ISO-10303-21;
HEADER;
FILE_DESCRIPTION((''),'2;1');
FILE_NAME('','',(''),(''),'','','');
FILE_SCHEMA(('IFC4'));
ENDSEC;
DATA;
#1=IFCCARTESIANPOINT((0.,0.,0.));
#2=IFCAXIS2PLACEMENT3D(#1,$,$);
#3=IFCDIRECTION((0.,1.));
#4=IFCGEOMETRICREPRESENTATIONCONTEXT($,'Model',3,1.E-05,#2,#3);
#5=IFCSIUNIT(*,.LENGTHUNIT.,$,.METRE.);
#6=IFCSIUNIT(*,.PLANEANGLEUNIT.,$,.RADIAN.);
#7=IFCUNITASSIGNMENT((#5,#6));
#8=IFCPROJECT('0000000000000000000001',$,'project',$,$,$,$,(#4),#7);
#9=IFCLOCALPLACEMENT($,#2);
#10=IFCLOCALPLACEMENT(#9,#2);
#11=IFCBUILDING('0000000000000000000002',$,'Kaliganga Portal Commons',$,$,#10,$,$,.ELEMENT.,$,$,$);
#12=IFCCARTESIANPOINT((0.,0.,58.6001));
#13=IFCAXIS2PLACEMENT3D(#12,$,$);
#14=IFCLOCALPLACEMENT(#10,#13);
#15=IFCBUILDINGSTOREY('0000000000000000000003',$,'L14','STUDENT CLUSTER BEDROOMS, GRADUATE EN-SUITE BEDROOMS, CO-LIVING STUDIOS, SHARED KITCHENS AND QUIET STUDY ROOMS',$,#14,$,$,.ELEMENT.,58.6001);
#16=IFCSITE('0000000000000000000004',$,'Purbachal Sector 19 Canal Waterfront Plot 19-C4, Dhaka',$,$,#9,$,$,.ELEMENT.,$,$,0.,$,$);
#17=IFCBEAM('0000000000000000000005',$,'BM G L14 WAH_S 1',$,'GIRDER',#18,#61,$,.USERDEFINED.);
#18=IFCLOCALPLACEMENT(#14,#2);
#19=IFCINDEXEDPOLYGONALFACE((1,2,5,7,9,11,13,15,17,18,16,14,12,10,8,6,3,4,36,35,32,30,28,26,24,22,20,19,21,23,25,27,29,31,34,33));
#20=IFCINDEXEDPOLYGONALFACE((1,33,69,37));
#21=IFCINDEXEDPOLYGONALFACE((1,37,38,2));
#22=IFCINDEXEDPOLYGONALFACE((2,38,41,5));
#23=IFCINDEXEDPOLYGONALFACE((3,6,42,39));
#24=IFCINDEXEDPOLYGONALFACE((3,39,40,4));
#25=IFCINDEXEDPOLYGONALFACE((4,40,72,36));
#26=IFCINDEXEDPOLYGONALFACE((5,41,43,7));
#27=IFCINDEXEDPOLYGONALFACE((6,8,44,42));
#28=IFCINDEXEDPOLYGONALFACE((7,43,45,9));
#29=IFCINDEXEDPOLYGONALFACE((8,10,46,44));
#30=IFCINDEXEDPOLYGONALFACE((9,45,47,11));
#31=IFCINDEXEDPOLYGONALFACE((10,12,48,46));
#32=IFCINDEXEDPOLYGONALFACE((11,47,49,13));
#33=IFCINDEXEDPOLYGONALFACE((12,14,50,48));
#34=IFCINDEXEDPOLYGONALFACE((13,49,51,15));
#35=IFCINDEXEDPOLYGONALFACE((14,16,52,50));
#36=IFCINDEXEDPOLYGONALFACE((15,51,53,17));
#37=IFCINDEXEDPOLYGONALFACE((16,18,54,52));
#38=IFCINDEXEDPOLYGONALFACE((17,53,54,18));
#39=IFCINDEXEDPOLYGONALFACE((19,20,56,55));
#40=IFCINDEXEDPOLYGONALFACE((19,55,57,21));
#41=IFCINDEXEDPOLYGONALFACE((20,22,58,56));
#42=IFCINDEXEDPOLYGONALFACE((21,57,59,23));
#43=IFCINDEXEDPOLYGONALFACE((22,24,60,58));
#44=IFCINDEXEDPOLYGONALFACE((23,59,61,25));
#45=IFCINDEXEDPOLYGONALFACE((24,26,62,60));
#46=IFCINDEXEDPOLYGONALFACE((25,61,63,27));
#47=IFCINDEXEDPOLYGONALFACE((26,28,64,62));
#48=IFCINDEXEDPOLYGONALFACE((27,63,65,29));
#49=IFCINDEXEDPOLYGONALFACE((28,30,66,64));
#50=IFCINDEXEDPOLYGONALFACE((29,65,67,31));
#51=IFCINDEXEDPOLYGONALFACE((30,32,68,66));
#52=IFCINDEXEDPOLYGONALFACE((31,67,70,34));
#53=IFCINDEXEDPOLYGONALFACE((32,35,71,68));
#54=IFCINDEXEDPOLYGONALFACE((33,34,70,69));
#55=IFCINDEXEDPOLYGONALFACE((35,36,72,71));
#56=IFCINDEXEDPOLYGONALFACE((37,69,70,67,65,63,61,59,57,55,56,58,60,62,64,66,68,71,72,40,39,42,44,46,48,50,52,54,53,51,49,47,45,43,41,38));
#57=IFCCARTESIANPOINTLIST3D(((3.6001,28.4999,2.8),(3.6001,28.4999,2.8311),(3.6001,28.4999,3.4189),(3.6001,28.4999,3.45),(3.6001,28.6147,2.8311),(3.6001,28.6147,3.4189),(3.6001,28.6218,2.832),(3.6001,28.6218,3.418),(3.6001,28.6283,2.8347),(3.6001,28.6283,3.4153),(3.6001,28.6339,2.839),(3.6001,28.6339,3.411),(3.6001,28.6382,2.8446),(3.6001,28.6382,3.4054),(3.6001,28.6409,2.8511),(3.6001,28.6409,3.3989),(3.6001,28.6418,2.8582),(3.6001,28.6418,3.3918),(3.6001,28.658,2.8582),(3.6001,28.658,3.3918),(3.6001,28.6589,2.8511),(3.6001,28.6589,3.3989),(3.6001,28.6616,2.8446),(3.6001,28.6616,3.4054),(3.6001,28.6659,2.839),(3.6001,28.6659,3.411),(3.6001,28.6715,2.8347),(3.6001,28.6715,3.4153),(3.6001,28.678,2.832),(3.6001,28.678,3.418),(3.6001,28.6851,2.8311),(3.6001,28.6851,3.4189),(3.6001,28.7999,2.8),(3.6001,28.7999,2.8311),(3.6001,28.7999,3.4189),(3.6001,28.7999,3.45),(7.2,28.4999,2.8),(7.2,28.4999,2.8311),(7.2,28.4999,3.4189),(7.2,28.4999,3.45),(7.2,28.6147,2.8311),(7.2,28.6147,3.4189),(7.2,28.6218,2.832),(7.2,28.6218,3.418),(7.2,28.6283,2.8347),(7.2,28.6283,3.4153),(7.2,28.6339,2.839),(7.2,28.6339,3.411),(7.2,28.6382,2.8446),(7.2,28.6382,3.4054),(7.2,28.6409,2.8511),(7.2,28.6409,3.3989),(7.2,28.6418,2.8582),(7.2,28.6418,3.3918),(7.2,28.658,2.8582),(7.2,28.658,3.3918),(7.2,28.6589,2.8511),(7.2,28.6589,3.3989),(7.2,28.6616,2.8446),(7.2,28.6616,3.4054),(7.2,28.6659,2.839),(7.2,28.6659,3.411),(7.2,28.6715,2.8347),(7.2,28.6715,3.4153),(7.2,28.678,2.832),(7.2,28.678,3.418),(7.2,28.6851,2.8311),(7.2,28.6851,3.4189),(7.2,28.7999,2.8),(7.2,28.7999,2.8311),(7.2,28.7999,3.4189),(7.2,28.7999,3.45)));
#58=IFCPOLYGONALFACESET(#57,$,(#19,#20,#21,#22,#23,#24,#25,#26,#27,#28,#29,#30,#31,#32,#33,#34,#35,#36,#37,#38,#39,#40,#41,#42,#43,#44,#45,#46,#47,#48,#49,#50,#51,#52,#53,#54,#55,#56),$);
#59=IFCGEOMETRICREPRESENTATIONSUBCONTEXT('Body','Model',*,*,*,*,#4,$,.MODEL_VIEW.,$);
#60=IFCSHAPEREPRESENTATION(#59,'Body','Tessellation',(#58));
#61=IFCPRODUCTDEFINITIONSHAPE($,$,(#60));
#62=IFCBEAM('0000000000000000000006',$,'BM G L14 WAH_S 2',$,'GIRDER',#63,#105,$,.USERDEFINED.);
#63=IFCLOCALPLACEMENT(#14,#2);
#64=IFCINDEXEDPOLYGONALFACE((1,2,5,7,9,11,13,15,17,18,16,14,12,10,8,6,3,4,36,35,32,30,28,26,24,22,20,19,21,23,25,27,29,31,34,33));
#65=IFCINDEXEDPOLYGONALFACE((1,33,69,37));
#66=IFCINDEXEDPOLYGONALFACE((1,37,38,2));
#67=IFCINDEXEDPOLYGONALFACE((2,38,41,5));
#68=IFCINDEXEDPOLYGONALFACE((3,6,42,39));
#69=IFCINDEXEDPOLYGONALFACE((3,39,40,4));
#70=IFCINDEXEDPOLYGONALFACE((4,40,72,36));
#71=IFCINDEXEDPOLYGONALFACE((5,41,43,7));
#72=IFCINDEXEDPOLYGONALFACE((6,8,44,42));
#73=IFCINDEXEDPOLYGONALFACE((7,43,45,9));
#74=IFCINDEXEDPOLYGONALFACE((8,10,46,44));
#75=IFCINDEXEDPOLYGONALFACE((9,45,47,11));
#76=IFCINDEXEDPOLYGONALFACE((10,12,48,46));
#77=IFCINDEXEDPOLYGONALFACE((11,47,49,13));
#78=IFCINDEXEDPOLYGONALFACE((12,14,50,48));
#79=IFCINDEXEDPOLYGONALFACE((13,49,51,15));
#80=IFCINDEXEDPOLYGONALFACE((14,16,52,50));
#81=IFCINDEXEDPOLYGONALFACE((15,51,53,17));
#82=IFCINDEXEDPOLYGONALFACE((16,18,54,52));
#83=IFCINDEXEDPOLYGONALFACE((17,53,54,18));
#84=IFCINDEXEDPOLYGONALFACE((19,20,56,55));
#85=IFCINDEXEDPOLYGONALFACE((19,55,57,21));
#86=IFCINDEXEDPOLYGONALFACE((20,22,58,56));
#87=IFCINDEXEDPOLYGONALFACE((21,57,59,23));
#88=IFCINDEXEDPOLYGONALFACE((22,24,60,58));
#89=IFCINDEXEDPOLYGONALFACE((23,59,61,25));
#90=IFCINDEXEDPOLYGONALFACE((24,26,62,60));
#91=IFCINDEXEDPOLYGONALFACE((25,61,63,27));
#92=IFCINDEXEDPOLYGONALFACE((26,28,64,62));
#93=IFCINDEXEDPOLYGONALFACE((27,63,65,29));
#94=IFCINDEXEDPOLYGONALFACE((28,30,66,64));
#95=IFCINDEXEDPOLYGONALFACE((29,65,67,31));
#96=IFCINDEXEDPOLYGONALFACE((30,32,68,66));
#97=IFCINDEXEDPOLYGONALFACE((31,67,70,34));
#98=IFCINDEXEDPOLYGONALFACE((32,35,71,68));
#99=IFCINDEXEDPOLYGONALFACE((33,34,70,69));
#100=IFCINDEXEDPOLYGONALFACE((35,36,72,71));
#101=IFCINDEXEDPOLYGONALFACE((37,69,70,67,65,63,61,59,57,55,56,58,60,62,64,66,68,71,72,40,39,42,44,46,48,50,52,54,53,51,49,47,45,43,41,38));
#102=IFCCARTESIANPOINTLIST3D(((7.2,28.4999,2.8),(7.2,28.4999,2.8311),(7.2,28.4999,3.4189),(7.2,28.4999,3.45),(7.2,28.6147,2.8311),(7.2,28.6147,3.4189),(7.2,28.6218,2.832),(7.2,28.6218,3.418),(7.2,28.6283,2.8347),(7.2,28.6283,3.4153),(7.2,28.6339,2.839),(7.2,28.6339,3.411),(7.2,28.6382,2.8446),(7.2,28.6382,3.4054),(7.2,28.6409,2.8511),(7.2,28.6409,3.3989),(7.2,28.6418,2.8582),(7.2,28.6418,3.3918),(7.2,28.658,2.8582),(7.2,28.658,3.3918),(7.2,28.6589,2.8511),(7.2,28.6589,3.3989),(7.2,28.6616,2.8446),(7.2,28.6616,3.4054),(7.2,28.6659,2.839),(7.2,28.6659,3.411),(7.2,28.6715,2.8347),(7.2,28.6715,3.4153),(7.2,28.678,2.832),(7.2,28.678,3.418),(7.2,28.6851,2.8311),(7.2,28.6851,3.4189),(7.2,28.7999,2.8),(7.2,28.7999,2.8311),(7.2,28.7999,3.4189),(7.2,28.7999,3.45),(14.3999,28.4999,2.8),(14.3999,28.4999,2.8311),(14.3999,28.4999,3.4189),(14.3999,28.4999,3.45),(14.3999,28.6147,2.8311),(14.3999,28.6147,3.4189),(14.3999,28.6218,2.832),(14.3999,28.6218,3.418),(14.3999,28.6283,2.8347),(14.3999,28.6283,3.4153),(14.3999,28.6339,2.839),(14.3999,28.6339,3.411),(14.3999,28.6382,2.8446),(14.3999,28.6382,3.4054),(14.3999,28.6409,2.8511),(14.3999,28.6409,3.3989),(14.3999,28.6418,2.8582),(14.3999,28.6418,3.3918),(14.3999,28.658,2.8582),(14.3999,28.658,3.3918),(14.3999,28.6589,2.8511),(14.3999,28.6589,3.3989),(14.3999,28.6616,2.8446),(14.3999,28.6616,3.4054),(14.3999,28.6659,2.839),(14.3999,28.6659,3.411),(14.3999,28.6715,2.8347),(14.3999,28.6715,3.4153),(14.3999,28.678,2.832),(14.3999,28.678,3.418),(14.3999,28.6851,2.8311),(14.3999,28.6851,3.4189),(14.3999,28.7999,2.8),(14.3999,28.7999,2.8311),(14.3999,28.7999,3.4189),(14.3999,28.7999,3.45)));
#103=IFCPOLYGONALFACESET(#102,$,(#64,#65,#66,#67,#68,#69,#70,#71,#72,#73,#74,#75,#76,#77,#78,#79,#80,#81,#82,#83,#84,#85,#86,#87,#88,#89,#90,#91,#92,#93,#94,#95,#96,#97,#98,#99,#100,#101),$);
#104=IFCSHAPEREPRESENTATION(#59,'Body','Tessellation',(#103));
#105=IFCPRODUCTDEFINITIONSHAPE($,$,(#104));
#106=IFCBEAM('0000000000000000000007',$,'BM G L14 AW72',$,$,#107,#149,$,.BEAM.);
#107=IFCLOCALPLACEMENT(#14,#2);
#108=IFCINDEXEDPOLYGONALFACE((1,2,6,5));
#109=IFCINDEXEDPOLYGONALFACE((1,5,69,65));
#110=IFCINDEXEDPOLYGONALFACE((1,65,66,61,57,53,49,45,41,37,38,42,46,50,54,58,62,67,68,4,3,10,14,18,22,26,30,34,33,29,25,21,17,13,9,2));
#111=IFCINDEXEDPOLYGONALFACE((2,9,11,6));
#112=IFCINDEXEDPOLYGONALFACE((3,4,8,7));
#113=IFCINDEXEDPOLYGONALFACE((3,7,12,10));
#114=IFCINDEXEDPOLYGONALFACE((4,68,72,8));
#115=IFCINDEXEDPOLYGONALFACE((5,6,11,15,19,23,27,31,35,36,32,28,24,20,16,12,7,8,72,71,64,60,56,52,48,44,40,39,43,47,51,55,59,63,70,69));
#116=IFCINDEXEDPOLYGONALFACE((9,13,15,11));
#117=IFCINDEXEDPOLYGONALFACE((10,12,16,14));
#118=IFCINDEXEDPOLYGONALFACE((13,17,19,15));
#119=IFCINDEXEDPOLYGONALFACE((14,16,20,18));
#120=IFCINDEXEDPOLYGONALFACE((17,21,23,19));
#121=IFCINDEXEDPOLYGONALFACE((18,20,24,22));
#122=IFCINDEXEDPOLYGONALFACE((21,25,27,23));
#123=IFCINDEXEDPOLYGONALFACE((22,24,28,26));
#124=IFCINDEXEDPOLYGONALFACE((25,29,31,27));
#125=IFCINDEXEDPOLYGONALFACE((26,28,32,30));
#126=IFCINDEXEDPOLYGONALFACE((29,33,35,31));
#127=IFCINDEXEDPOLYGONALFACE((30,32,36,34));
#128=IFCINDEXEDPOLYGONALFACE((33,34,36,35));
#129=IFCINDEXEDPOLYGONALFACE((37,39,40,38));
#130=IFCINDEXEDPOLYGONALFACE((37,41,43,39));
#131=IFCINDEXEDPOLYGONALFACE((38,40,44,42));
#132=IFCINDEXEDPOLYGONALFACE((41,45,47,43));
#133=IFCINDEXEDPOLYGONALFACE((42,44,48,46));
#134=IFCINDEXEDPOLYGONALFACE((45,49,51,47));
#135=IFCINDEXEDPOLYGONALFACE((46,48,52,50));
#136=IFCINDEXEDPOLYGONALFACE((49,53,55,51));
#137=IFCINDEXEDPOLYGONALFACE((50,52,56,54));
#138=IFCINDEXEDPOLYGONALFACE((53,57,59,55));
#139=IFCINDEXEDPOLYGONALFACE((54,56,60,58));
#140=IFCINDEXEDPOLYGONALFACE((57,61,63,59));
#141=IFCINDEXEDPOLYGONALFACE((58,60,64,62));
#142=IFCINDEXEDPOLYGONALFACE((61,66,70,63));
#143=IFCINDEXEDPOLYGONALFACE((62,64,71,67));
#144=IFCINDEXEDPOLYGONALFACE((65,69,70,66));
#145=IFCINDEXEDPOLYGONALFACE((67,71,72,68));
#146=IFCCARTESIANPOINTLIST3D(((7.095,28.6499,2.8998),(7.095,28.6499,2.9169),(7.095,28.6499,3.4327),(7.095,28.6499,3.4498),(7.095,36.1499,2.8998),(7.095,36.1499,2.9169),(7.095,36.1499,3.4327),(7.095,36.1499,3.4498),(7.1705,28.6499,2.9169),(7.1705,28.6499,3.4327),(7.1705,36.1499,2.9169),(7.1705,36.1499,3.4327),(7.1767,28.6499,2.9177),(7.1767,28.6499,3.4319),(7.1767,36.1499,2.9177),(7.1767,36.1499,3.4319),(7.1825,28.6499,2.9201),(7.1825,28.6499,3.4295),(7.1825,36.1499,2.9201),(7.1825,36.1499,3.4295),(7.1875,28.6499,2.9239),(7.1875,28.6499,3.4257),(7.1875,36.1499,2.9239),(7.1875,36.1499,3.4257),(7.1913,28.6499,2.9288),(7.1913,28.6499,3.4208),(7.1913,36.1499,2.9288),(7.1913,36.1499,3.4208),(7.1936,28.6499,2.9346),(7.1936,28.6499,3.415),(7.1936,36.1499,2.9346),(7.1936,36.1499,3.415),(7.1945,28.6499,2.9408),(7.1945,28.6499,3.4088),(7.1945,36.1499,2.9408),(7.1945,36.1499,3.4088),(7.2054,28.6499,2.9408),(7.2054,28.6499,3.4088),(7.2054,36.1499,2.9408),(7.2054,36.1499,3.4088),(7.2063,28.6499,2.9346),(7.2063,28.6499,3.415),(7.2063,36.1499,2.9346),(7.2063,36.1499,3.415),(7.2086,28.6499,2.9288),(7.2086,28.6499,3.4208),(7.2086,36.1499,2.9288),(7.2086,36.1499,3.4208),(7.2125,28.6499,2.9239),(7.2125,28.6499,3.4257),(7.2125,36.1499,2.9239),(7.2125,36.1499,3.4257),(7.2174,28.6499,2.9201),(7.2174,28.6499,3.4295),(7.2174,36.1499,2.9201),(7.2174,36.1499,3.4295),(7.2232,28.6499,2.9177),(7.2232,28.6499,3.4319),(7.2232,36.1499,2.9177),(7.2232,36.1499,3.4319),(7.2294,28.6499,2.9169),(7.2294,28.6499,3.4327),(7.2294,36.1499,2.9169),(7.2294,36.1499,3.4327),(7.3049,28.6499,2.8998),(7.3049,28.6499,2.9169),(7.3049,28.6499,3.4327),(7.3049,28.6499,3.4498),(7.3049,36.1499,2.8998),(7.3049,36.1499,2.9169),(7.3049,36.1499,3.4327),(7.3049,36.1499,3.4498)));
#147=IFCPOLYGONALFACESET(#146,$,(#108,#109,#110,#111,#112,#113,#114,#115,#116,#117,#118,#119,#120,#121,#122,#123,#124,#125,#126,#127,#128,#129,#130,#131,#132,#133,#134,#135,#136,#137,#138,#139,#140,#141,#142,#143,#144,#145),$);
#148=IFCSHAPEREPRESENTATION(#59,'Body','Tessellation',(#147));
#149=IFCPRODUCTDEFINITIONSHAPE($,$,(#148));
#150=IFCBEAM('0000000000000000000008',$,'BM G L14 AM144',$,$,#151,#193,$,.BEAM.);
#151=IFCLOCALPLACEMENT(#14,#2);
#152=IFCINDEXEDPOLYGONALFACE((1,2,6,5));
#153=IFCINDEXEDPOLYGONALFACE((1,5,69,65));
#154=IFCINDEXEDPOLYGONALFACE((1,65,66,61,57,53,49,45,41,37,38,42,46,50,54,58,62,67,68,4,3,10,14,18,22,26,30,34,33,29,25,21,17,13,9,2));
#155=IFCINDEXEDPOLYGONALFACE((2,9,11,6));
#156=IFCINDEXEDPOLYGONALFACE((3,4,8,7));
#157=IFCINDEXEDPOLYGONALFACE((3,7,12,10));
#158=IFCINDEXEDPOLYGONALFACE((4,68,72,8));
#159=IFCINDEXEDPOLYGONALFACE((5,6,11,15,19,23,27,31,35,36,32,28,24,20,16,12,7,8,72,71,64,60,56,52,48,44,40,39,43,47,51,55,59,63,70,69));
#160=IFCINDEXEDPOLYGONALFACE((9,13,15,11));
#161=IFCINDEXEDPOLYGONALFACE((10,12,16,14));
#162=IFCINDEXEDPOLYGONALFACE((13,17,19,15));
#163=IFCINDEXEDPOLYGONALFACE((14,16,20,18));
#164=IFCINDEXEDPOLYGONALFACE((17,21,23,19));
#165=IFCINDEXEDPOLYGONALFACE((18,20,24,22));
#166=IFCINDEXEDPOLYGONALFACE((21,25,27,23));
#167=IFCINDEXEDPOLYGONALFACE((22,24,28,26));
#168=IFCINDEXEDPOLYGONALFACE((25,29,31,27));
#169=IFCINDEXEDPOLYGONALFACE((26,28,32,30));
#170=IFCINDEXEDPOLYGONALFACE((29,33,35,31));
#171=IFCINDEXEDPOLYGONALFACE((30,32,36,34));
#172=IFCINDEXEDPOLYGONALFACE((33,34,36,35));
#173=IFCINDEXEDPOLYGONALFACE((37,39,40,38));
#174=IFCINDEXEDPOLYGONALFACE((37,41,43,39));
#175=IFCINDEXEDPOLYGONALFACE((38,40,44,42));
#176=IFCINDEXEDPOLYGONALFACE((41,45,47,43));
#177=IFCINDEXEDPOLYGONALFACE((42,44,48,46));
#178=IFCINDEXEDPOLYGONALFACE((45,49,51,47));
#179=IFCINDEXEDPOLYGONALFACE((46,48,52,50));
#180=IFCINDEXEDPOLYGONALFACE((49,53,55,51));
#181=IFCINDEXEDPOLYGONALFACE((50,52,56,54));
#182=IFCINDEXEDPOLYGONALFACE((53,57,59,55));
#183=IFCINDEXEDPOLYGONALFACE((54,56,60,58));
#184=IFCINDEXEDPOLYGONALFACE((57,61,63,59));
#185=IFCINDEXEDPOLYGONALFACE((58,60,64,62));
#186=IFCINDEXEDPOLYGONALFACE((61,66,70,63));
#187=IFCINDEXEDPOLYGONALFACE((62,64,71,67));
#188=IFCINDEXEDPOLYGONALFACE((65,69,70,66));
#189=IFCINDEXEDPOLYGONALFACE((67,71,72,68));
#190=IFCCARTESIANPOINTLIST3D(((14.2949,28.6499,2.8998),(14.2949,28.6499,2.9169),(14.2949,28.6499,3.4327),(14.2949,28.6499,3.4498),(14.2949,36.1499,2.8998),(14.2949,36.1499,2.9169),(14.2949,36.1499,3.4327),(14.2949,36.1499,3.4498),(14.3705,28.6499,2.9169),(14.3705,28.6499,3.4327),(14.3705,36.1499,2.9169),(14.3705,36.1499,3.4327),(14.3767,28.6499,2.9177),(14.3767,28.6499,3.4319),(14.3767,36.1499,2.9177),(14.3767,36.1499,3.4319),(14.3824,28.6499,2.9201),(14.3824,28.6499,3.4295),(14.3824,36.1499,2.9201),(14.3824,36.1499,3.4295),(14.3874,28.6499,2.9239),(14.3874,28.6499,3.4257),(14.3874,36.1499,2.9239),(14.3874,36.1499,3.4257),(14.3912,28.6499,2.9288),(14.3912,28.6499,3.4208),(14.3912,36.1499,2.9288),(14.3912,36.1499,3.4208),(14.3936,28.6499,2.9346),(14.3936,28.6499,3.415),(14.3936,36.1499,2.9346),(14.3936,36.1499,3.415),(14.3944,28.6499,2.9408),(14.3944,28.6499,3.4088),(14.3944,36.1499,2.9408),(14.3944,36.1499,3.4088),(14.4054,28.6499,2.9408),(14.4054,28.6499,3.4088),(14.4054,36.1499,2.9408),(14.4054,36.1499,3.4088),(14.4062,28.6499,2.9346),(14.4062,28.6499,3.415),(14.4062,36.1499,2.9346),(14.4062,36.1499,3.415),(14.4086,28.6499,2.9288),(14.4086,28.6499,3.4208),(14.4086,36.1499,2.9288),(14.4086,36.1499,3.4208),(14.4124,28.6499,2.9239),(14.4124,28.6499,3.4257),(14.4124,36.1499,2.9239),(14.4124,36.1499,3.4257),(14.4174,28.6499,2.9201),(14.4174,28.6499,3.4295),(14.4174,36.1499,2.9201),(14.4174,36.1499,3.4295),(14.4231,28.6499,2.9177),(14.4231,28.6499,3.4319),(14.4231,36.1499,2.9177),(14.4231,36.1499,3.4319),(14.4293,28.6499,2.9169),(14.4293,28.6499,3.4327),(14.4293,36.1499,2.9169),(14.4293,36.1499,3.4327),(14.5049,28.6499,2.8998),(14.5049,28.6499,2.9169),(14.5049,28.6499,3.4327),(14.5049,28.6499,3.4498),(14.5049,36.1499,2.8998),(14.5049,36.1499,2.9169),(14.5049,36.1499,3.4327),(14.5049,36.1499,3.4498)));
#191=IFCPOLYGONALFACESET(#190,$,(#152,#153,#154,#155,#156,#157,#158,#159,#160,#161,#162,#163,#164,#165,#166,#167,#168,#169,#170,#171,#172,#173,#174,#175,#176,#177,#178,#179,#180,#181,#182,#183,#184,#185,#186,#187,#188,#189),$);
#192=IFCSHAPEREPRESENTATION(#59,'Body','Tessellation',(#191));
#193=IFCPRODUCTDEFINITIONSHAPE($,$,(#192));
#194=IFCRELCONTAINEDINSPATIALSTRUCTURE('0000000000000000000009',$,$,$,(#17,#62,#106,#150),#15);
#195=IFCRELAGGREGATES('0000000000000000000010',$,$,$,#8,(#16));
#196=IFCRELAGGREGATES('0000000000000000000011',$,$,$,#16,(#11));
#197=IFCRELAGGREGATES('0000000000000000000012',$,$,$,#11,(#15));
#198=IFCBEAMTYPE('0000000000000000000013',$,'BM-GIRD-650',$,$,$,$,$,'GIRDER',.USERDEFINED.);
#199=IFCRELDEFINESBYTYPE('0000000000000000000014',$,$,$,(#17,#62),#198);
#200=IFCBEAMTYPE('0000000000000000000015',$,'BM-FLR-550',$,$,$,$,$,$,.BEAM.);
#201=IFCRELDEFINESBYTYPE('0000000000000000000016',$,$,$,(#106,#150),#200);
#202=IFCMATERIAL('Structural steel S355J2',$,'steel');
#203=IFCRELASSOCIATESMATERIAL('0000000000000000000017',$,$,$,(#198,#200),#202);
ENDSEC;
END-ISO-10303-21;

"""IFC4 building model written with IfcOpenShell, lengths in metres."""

from ifc_helpers import new_model, si_unit, direction, frame, origin, origin_2d, place, context, subcontext, project, spatial, i_section, extrude, source, transform, mapped, material, material_profile, profile_set, type_object, element, save


model = new_model("IFC4")

# Units and contexts
model_context = context("Model", 3, precision=1e-05, world=origin(), true_north=direction((0.0, 1.0)))
body_context = subcontext(model_context, "Body", "Model", "MODEL_VIEW")
ifc_project = project(units=[si_unit("LENGTHUNIT", "METRE"), si_unit("PLANEANGLEUNIT", "RADIAN")], contexts=[model_context])

# Site, building, storey
site_placement = place(None, origin())
site = spatial("IfcSite", under=ifc_project, at=site_placement, Name="Purbachal Sector 19 Canal Waterfront Plot 19-C4, Dhaka", CompositionType="ELEMENT", RefElevation=0.0)
building_placement = place(site_placement, origin())
building = spatial("IfcBuilding", under=site, at=building_placement, Name="Kaliganga Portal Commons", CompositionType="ELEMENT")
storey_placement = place(building_placement, frame((0.0, 0.0, 58.6001)))
storey = spatial("IfcBuildingStorey", under=building, at=storey_placement, Name="L14", Description="STUDENT CLUSTER BEDROOMS, GRADUATE EN-SUITE BEDROOMS, CO-LIVING STUDIOS, SHARED KITCHENS AND QUIET STUDY ROOMS", CompositionType="ELEMENT", Elevation=58.6001)

# Beams
ifc_material_1 = material(Name="Structural steel S355J2", Category="steel")
ifc_material_profile_1 = material_profile(ifc_material_1, i_section(OverallWidth=0.3, OverallDepth=0.6499, WebThickness=0.0161, FlangeThickness=0.031, FilletRadius=0.0271, at=origin_2d()), Name="HE 650 B")
ifc_profile_set_1 = profile_set([ifc_material_profile_1], Name="Structural steel S355J2 wide-flange")
beam_type_1 = type_object("IfcBeamType", Name="BM-GIRD-650", ElementType="GIRDER", PredefinedType="USERDEFINED", material=ifc_profile_set_1)
shared_shape_1 = source(origin(), body_context, "Body", "SweptSolid", [
    extrude(i_section(OverallWidth=0.3, OverallDepth=0.6499, WebThickness=0.0161, FlangeThickness=0.031, FilletRadius=0.0271, at=origin_2d()), origin(), (0.0, 0.0, 1.0), 3.5999),
])
beam_1_placement = place(storey_placement, frame((3.6001, 28.6499, 3.125), z_axis=(1.0, 0.0, 0.0), x_axis=(0.0, 1.0, 0.0)))
element("IfcBeam", 1, at=beam_1_placement, inside=storey, type_object=beam_type_1, Name="BM G L14 WAH_S 1", ObjectType="GIRDER", PredefinedType="USERDEFINED", context=body_context, shape_type="MappedRepresentation", body=[
    mapped(shared_shape_1, transform((0.0, 0.0, 0.0), x_axis=(1.0, 0.0, 0.0), y_axis=(0.0, 1.0, 0.0), z_axis=(0.0, 0.0, 1.0), scale=1.0)),
])
shared_shape_2 = source(origin(), body_context, "Body", "SweptSolid", [
    extrude(i_section(OverallWidth=0.3, OverallDepth=0.6499, WebThickness=0.0161, FlangeThickness=0.031, FilletRadius=0.0271, at=origin_2d()), origin(), (0.0, 0.0, 1.0), 7.2),
])
beam_2_placement = place(storey_placement, frame((7.2, 28.6499, 3.125), z_axis=(1.0, 0.0, 0.0), x_axis=(0.0, 1.0, 0.0)))
element("IfcBeam", 2, at=beam_2_placement, inside=storey, type_object=beam_type_1, Name="BM G L14 WAH_S 2", ObjectType="GIRDER", PredefinedType="USERDEFINED", context=body_context, shape_type="MappedRepresentation", body=[
    mapped(shared_shape_2, transform((0.0, 0.0, 0.0), x_axis=(1.0, 0.0, 0.0), y_axis=(0.0, 1.0, 0.0), z_axis=(0.0, 0.0, 1.0), scale=1.0)),
])
ifc_material_profile_2 = material_profile(ifc_material_1, i_section(OverallWidth=0.21, OverallDepth=0.55, WebThickness=0.011, FlangeThickness=0.0171, FilletRadius=0.0239, at=origin_2d()), Name="IPE 550")
ifc_profile_set_2 = profile_set([ifc_material_profile_2], Name="Structural steel S355J2 wide-flange")
beam_type_2 = type_object("IfcBeamType", Name="BM-FLR-550", PredefinedType="BEAM", material=ifc_profile_set_2)
shared_shape_3 = source(origin(), body_context, "Body", "SweptSolid", [
    extrude(i_section(OverallWidth=0.21, OverallDepth=0.55, WebThickness=0.011, FlangeThickness=0.0171, FilletRadius=0.0239, at=origin_2d()), origin(), (0.0, 0.0, 1.0), 7.5),
])
for number, where, z_axis, x_axis, name in (
    (3, (7.2, 28.6499, 3.1748), (0.0, 1.0, 0.0), (-1.0, 0.0, 0.0), "BM G L14 AW72"),
    (4, (14.3999, 28.6499, 3.1748), (0.0, 1.0, 0.0), (-1.0, 0.0, 0.0), "BM G L14 AM144"),
):
    element("IfcBeam", number, at=place(storey_placement, frame(where, z_axis=z_axis, x_axis=x_axis)), inside=storey, type_object=beam_type_2, Name=name, PredefinedType="BEAM", context=body_context, shape_type="MappedRepresentation", body=[
        mapped(shared_shape_3, transform((0.0, 0.0, 0.0), x_axis=(1.0, 0.0, 0.0), y_axis=(0.0, 1.0, 0.0), z_axis=(0.0, 0.0, 1.0), scale=1.0)),
    ])

save(model, "model.ifc")
